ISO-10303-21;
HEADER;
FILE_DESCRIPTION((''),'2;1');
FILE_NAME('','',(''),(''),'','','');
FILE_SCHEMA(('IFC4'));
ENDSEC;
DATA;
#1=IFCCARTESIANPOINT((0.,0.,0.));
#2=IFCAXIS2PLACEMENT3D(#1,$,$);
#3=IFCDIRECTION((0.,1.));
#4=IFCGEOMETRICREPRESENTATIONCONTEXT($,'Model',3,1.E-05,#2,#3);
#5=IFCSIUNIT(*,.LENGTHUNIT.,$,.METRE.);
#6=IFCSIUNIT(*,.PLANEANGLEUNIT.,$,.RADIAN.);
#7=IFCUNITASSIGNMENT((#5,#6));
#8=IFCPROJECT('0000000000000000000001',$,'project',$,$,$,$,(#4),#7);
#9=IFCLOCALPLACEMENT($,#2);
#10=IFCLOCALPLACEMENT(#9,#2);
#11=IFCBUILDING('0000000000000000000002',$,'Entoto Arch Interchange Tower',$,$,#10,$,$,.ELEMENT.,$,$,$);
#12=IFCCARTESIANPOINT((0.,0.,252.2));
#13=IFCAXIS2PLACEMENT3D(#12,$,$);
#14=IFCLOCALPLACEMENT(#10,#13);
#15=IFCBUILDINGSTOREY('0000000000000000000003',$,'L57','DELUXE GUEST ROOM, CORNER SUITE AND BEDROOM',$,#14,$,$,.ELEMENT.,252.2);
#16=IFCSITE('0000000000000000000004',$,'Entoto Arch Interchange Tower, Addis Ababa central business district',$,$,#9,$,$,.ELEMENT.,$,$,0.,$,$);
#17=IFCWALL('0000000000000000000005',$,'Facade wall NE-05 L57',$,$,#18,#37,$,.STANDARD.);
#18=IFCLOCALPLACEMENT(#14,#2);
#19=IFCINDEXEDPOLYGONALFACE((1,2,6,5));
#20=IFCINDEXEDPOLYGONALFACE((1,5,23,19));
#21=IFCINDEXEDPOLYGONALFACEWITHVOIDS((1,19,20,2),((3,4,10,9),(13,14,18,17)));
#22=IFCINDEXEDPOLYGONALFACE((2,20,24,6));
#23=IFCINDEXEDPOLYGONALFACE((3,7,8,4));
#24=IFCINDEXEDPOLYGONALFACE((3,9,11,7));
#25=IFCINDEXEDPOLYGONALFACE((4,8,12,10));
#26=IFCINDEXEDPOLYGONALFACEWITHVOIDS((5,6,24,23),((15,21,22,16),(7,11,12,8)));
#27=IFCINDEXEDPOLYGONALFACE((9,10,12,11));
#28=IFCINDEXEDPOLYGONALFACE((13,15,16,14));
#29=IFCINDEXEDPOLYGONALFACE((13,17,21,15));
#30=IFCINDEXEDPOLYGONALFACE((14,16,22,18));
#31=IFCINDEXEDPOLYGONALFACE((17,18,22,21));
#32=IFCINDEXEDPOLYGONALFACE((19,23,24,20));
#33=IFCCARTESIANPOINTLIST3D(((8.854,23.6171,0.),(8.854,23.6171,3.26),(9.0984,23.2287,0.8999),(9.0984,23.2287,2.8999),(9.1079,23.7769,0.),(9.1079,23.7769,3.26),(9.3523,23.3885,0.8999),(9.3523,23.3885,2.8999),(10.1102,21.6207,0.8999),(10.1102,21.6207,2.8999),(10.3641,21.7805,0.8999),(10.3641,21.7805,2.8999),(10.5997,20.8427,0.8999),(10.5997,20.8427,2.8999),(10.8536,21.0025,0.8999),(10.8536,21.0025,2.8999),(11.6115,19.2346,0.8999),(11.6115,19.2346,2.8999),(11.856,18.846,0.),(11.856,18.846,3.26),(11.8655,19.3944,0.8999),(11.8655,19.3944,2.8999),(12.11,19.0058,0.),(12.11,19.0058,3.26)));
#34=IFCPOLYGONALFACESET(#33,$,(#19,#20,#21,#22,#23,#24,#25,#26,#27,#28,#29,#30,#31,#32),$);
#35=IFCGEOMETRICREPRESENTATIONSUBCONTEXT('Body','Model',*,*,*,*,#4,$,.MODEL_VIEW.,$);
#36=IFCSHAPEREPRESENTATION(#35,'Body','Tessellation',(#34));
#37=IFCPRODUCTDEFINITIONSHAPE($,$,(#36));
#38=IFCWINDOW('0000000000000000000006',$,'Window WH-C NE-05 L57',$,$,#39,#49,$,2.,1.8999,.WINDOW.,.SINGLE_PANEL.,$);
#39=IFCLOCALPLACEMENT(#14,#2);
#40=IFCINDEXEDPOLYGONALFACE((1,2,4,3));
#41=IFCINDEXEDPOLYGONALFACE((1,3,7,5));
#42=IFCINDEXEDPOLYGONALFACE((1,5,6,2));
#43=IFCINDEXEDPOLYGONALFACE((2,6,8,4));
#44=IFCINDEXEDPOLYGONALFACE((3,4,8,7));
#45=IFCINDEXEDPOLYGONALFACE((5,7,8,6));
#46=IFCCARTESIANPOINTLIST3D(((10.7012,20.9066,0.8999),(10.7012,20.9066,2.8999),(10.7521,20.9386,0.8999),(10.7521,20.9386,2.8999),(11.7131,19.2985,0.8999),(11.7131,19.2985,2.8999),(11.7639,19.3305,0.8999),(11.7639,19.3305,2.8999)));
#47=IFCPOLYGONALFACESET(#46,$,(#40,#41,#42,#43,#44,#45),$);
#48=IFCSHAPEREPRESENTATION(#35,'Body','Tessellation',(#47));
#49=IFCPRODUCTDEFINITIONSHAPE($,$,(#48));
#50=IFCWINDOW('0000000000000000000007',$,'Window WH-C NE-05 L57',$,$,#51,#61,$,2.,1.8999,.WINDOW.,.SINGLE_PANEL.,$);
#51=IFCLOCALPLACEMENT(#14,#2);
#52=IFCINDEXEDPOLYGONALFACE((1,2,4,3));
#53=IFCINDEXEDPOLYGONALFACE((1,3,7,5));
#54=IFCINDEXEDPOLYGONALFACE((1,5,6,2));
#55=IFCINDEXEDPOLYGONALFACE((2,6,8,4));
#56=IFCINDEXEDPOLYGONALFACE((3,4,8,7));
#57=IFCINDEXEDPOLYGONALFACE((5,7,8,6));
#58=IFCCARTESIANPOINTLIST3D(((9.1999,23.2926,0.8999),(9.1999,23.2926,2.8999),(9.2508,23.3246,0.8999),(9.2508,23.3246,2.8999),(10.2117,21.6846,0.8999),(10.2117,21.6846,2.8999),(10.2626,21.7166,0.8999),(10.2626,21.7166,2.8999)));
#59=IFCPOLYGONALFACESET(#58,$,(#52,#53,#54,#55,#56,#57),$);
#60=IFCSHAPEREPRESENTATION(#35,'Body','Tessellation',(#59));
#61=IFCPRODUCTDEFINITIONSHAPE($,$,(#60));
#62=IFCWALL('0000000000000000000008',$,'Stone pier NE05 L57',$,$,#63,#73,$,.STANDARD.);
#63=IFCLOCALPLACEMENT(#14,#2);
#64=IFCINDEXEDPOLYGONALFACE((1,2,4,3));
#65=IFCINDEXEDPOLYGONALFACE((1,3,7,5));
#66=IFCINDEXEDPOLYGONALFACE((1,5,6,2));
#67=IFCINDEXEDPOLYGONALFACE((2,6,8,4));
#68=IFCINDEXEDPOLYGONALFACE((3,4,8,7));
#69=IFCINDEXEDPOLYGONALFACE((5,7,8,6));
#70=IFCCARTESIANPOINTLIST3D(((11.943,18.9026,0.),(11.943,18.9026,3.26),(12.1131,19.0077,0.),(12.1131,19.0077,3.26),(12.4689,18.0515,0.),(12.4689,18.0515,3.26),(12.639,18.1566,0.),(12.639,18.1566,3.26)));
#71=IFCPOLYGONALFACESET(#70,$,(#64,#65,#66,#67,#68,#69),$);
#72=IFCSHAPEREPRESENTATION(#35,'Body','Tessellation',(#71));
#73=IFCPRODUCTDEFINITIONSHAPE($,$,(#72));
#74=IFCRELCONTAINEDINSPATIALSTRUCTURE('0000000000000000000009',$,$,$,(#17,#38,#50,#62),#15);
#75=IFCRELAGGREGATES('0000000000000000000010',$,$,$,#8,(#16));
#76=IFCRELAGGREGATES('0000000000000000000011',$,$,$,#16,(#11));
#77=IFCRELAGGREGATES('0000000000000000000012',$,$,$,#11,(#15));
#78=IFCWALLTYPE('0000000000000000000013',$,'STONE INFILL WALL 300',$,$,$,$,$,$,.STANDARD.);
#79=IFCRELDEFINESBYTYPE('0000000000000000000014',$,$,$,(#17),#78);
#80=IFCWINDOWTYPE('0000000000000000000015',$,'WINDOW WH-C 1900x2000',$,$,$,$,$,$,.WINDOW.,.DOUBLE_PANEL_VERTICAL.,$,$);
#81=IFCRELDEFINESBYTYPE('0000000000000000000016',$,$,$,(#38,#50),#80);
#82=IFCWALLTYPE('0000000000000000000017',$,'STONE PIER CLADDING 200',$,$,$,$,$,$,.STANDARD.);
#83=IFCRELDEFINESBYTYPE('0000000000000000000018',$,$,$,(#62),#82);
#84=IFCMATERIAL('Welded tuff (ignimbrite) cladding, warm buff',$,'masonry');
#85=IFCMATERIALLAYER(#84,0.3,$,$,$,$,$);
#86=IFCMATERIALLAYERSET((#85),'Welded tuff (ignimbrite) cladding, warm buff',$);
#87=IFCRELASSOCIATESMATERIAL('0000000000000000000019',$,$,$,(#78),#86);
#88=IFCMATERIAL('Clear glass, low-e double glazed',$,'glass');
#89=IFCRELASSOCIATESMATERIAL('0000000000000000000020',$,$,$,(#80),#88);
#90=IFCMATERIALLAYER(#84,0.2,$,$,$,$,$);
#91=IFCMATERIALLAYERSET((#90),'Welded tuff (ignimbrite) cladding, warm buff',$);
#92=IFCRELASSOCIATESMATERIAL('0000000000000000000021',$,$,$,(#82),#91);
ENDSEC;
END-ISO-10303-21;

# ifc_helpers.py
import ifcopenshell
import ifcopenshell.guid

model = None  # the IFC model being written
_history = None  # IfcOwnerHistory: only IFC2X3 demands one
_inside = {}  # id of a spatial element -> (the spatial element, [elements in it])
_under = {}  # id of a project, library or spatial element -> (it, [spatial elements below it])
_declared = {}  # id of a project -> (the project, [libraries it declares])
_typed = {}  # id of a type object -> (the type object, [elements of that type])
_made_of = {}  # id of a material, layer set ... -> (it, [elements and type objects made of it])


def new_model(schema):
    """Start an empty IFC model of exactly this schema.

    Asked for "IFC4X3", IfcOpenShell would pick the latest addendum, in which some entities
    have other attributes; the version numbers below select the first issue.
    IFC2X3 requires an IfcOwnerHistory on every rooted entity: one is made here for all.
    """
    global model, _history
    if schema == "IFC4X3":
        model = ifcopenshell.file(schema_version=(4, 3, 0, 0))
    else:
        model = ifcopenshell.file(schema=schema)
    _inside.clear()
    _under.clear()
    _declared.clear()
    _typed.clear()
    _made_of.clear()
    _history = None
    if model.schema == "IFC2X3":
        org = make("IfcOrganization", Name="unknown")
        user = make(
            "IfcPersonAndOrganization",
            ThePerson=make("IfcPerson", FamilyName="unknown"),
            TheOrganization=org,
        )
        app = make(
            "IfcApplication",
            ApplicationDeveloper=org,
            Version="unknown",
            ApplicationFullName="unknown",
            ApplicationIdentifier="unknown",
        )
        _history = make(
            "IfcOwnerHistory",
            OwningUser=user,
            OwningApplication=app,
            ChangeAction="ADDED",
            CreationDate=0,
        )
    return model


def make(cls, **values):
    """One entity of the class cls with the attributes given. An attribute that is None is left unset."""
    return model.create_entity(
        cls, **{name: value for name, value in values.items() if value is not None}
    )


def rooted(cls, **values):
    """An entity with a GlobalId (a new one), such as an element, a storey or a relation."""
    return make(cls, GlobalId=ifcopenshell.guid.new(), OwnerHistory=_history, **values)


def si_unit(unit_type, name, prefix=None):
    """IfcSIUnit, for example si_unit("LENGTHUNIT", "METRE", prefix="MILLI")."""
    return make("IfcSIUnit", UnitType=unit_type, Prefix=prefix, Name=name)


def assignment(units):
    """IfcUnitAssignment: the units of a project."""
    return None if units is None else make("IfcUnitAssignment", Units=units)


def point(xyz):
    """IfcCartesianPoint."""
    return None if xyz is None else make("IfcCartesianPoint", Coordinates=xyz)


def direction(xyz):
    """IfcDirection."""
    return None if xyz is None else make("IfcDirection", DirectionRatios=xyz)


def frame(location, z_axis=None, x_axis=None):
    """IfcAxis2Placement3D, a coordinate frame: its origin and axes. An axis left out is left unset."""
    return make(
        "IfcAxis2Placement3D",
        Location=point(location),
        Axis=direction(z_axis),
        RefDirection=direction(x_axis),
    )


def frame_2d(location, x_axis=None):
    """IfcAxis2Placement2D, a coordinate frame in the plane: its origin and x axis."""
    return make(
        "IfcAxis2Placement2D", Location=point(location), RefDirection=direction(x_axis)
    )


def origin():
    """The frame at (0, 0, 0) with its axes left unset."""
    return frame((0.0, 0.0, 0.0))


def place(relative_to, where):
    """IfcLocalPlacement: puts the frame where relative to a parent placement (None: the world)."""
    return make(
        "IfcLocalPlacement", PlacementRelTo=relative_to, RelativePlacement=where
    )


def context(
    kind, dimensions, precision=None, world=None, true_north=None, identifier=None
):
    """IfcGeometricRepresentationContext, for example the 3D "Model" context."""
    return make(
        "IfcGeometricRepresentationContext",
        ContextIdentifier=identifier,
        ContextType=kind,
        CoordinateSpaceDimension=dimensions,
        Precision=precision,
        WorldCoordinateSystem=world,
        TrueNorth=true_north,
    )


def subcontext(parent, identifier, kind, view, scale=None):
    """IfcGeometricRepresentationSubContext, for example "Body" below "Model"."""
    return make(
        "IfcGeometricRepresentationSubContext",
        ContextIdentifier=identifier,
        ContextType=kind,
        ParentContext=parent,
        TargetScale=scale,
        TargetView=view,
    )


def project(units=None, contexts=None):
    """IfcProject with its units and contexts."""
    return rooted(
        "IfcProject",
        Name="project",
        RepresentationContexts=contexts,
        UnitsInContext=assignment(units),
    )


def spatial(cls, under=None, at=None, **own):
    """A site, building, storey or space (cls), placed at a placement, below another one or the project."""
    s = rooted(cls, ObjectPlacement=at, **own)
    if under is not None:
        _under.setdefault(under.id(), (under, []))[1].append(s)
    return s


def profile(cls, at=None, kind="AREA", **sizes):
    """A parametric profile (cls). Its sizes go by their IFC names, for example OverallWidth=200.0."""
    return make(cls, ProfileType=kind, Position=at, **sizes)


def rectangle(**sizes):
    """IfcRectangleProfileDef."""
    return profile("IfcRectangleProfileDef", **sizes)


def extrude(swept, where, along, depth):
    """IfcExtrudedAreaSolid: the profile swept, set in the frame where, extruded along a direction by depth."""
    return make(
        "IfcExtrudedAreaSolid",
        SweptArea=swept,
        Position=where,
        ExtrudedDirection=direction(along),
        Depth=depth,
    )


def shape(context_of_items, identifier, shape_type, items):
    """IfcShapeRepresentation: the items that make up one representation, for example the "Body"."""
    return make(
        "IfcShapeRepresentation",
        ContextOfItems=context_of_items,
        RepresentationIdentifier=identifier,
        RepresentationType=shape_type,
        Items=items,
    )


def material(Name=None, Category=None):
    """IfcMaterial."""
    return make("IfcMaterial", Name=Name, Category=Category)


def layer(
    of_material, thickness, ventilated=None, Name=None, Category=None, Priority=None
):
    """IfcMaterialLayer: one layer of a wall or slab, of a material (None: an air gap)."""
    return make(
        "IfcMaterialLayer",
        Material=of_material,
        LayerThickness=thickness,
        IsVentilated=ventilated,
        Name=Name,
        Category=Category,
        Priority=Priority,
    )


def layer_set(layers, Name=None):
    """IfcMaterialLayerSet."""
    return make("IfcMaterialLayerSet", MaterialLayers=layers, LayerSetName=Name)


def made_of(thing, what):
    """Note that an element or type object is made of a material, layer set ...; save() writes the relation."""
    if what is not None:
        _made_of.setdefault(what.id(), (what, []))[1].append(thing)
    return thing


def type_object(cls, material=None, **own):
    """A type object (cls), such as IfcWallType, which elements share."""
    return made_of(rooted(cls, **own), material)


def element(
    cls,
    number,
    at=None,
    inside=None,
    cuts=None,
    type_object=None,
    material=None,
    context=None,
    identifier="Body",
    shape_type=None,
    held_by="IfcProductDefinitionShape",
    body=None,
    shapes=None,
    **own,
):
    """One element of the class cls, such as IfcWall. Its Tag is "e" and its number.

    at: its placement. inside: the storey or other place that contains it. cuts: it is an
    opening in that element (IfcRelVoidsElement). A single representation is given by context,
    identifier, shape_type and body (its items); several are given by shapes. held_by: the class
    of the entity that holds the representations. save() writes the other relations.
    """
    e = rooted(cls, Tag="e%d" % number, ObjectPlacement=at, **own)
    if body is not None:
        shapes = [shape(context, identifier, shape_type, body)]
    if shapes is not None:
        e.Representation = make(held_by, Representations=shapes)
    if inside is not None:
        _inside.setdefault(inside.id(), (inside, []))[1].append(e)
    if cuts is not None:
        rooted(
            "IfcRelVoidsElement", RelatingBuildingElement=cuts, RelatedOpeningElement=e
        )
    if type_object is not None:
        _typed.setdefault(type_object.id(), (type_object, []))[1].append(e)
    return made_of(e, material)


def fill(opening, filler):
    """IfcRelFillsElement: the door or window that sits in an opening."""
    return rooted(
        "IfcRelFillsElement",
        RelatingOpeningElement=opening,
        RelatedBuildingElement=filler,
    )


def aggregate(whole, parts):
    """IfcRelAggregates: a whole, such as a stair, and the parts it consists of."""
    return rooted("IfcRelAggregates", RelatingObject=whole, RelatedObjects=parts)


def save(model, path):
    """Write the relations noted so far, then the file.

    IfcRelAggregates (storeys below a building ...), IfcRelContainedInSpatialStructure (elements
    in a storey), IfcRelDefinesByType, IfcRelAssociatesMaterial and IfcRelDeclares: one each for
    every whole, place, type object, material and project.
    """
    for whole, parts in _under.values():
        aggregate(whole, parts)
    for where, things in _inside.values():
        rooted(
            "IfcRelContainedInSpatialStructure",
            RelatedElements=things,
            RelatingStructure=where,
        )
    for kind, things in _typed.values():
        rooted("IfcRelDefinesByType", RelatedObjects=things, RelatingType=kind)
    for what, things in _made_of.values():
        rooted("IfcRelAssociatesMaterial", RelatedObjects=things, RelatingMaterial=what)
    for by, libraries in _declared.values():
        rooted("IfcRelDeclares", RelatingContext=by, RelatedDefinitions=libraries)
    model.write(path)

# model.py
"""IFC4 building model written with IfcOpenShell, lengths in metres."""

from ifc_helpers import new_model, si_unit, direction, frame, frame_2d, origin, place, context, subcontext, project, spatial, rectangle, extrude, material, layer, layer_set, type_object, element, fill, save


model = new_model("IFC4")

# Units and contexts
model_context = context("Model", 3, precision=1e-05, world=origin(), true_north=direction((0.0, 1.0)))
body_context = subcontext(model_context, "Body", "Model", "MODEL_VIEW")
ifc_project = project(units=[si_unit("LENGTHUNIT", "METRE"), si_unit("PLANEANGLEUNIT", "RADIAN")], contexts=[model_context])

# Site, building, storey
site_placement = place(None, origin())
site = spatial("IfcSite", under=ifc_project, at=site_placement, Name="Entoto Arch Interchange Tower, Addis Ababa central business district", CompositionType="ELEMENT", RefElevation=0.0)
building_placement = place(site_placement, origin())
building = spatial("IfcBuilding", under=site, at=building_placement, Name="Entoto Arch Interchange Tower", CompositionType="ELEMENT")
storey_placement = place(building_placement, frame((0.0, 0.0, 252.2)))
storey = spatial("IfcBuildingStorey", under=building, at=storey_placement, Name="L57", Description="DELUXE GUEST ROOM, CORNER SUITE AND BEDROOM", CompositionType="ELEMENT", Elevation=252.2)

# Wall, openings, windows
ifc_material_1 = material(Name="Welded tuff (ignimbrite) cladding, warm buff", Category="masonry")
ifc_layer_1 = layer(ifc_material_1, 0.3)
ifc_layer_set_1 = layer_set([ifc_layer_1], Name="Welded tuff (ignimbrite) cladding, warm buff")
wall_type_1 = type_object("IfcWallType", Name="STONE INFILL WALL 300", PredefinedType="STANDARD", material=ifc_layer_set_1)
wall_1_placement = place(storey_placement, frame((11.9829, 18.926, 0.0), z_axis=(0.0, 0.0, 1.0), x_axis=(-0.532558, 0.846393, 0.0)))
wall_1 = element("IfcWall", 1, at=wall_1_placement, inside=storey, type_object=wall_type_1, Name="Facade wall NE-05 L57", PredefinedType="STANDARD", context=body_context, shape_type="SweptSolid", body=[
    extrude(rectangle(XDim=5.637, YDim=0.3, at=frame_2d((2.8184, 0.0))), origin(), (0.0, 0.0, 1.0), 3.26),
])
opening_1_placement = place(wall_1_placement, frame((0.459, 0.0, 0.8999)))
opening_1 = element("IfcOpeningElement", 2, at=opening_1_placement, cuts=wall_1, PredefinedType="OPENING", context=body_context, shape_type="SweptSolid", body=[
    extrude(rectangle(XDim=1.8999, YDim=2.0, at=frame_2d((0.95, 1.0))), frame((0.0, 0.1602, 0.0), z_axis=(0.0, -1.0, 0.0), x_axis=(1.0, 0.0, 0.0)), (0.0, 0.0, 1.0), 0.3201),
])
opening_2_placement = place(wall_1_placement, frame((3.2781, 0.0, 0.8999)))
opening_2 = element("IfcOpeningElement", 3, at=opening_2_placement, cuts=wall_1, PredefinedType="OPENING", context=body_context, shape_type="SweptSolid", body=[
    extrude(rectangle(XDim=1.8999, YDim=2.0, at=frame_2d((0.95, 1.0))), frame((0.0, 0.1602, 0.0), z_axis=(0.0, -1.0, 0.0), x_axis=(1.0, 0.0, 0.0)), (0.0, 0.0, 1.0), 0.3201),
])
ifc_material_2 = material(Name="Clear glass, low-e double glazed", Category="glass")
window_type = type_object("IfcWindowType", Name="WINDOW WH-C 1900x2000", PartitioningType="DOUBLE_PANEL_VERTICAL", PredefinedType="WINDOW", material=ifc_material_2)
window_1_placement = place(opening_1_placement, origin())
window_1 = element("IfcWindow", 4, at=window_1_placement, inside=storey, type_object=window_type, Name="Window WH-C NE-05 L57", OverallHeight=2.0, OverallWidth=1.8999, PartitioningType="SINGLE_PANEL", PredefinedType="WINDOW", context=body_context, shape_type="SweptSolid", body=[
    extrude(rectangle(XDim=1.8999, YDim=2.0, at=frame_2d((0.95, 1.0))), frame((0.0, 0.03, 0.0), z_axis=(0.0, -1.0, 0.0), x_axis=(1.0, 0.0, 0.0)), (0.0, 0.0, 1.0), 0.0601),
])
fill(opening_1, window_1)
window_2_placement = place(opening_2_placement, origin())
window_2 = element("IfcWindow", 5, at=window_2_placement, inside=storey, type_object=window_type, Name="Window WH-C NE-05 L57", OverallHeight=2.0, OverallWidth=1.8999, PartitioningType="SINGLE_PANEL", PredefinedType="WINDOW", context=body_context, shape_type="SweptSolid", body=[
    extrude(rectangle(XDim=1.8999, YDim=2.0, at=frame_2d((0.95, 1.0))), frame((0.0, 0.03, 0.0), z_axis=(0.0, -1.0, 0.0), x_axis=(1.0, 0.0, 0.0)), (0.0, 0.0, 1.0), 0.0601),
])
fill(opening_2, window_2)

# Wall
ifc_layer_2 = layer(ifc_material_1, 0.2)
ifc_layer_set_2 = layer_set([ifc_layer_2], Name="Welded tuff (ignimbrite) cladding, warm buff")
wall_type_2 = type_object("IfcWallType", Name="STONE PIER CLADDING 200", PredefinedType="STANDARD", material=ifc_layer_set_2)
wall_2_placement = place(storey_placement, frame((12.554, 18.104, 0.0), z_axis=(0.0, 0.0, 1.0), x_axis=(-0.525649, 0.850702, 0.0)))
element("IfcWall", 6, at=wall_2_placement, inside=storey, type_object=wall_type_2, Name="Stone pier NE05 L57", PredefinedType="STANDARD", context=body_context, shape_type="SweptSolid", body=[
    extrude(rectangle(XDim=1.0005, YDim=0.2, at=frame_2d((0.5002, 0.0))), origin(), (0.0, 0.0, 1.0), 3.26),
])

save(model, "model.ifc")
